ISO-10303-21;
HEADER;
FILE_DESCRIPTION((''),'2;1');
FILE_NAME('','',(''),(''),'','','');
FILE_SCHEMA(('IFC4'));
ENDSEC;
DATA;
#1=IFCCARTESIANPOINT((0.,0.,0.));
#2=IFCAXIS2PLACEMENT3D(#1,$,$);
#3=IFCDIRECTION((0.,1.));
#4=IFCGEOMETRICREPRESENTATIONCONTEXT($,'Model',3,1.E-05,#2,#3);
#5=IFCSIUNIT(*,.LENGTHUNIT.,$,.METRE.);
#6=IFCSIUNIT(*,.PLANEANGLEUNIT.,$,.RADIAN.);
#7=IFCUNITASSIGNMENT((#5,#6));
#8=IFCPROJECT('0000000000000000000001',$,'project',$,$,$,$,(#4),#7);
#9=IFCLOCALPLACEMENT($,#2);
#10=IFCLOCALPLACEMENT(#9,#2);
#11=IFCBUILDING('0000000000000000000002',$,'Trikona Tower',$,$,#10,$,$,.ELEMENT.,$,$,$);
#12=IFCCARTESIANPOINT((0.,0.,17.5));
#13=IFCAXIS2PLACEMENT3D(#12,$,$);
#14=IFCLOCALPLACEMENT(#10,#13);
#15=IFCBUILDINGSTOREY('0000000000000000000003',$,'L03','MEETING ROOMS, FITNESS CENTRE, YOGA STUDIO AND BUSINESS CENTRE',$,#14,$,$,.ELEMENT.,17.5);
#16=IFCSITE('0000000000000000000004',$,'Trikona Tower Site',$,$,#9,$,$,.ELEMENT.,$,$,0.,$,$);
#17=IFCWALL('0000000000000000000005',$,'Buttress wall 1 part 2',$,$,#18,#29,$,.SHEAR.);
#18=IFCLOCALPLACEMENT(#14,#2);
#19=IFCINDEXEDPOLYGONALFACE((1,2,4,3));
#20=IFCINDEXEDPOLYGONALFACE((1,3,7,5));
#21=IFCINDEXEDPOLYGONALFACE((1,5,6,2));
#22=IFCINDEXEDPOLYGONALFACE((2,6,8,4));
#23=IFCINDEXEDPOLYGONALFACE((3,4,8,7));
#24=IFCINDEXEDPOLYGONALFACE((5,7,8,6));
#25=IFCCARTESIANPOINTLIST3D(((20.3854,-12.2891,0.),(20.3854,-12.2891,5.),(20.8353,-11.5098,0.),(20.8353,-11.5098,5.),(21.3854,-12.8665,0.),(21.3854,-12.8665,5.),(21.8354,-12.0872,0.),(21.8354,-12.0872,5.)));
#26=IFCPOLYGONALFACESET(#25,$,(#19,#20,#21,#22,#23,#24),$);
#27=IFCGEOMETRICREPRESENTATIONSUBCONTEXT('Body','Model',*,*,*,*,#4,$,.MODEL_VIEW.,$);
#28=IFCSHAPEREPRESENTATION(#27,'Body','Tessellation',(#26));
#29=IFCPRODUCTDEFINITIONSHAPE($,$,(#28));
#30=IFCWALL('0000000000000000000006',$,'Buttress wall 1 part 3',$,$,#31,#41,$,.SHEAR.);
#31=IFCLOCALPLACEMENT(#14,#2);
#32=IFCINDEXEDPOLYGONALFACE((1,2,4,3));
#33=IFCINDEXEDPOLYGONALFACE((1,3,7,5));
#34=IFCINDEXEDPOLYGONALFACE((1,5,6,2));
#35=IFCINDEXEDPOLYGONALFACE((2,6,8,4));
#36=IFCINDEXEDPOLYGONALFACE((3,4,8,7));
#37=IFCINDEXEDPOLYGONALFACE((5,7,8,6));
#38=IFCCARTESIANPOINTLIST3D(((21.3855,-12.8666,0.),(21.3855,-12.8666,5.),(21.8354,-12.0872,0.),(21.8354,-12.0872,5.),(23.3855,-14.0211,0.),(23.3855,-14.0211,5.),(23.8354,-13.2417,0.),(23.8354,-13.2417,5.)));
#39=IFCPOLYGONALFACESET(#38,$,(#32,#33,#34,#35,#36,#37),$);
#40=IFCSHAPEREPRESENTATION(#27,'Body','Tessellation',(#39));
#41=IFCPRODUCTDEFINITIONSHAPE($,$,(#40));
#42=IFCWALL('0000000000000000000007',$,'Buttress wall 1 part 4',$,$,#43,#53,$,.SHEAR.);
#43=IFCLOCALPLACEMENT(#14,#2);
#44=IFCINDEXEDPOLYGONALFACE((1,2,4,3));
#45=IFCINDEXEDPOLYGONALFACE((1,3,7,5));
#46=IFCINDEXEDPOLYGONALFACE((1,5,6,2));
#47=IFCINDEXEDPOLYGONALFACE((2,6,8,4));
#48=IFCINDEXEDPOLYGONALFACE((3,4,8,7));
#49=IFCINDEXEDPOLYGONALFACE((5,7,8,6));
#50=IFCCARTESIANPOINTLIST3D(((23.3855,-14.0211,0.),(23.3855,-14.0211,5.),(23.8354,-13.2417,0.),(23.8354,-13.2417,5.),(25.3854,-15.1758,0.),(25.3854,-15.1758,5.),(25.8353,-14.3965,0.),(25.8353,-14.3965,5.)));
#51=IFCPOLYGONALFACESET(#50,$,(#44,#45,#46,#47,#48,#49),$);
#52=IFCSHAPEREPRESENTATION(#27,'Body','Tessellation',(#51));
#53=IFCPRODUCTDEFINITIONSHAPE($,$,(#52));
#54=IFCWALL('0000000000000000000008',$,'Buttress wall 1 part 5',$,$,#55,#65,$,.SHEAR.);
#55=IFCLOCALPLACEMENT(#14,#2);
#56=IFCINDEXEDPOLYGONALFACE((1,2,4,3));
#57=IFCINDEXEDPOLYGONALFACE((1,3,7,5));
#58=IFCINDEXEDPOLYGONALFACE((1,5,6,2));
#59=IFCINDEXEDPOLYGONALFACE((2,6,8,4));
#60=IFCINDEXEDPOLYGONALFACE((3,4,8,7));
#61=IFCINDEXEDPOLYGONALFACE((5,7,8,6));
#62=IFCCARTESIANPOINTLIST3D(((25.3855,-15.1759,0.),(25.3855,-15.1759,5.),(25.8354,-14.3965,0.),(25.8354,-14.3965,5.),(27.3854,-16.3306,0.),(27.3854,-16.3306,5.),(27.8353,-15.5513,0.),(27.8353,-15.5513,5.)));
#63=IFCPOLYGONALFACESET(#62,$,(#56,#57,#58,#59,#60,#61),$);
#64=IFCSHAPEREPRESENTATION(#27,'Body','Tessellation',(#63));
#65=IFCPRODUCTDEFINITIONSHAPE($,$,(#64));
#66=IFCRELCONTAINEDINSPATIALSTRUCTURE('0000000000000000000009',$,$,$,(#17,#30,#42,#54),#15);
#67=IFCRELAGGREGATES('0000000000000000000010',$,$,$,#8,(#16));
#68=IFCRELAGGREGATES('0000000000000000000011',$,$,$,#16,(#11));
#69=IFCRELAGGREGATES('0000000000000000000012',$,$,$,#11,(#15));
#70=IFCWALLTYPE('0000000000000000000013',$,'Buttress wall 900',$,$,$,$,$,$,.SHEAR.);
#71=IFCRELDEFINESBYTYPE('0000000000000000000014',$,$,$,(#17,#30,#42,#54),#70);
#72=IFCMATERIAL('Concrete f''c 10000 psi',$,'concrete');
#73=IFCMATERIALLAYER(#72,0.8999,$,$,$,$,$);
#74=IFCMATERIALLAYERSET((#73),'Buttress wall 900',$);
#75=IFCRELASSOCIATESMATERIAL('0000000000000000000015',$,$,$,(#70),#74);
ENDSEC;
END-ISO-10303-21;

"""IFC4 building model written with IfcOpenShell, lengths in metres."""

from ifc_helpers import new_model, si_unit, direction, frame, frame_2d, origin, place, context, subcontext, project, spatial, rectangle, extrude, material, layer, layer_set, type_object, element, save


model = new_model("IFC4")

# Units and contexts
model_context = context("Model", 3, precision=1e-05, world=origin(), true_north=direction((0.0, 1.0)))
body_context = subcontext(model_context, "Body", "Model", "MODEL_VIEW")
ifc_project = project(units=[si_unit("LENGTHUNIT", "METRE"), si_unit("PLANEANGLEUNIT", "RADIAN")], contexts=[model_context])

# Site, building, storey
site_placement = place(None, origin())
site = spatial("IfcSite", under=ifc_project, at=site_placement, Name="Trikona Tower Site", CompositionType="ELEMENT", RefElevation=0.0)
building_placement = place(site_placement, origin())
building = spatial("IfcBuilding", under=site, at=building_placement, Name="Trikona Tower", CompositionType="ELEMENT")
storey_placement = place(building_placement, frame((0.0, 0.0, 17.5)))
storey = spatial("IfcBuildingStorey", under=building, at=storey_placement, Name="L03", Description="MEETING ROOMS, FITNESS CENTRE, YOGA STUDIO AND BUSINESS CENTRE", CompositionType="ELEMENT", Elevation=17.5)

# Walls
ifc_material_1 = material(Name="Concrete f'c 10000 psi", Category="concrete")
ifc_layer_1 = layer(ifc_material_1, 0.8999)
ifc_layer_set_1 = layer_set([ifc_layer_1], Name="Buttress wall 900")
wall_type_1 = type_object("IfcWallType", Name="Buttress wall 900", PredefinedType="SHEAR", material=ifc_layer_set_1)
wall_1_placement = place(storey_placement, frame((20.6104, -11.8994, 0.0), z_axis=(0.0, 0.0, 1.0), x_axis=(0.86601, -0.500027, 0.0)))
element("IfcWall", 1, at=wall_1_placement, inside=storey, type_object=wall_type_1, Name="Buttress wall 1 part 2", PredefinedType="SHEAR", context=body_context, shape_type="SweptSolid", body=[
    extrude(rectangle(XDim=1.1548, YDim=0.8999, at=frame_2d((0.5774, 0.0))), origin(), (0.0, 0.0, 1.0), 5.0),
])
for number, where, z_axis, x_axis, name in (
    (2, (21.6104, -12.4768, 0.0), (0.0, 0.0, 1.0), (0.866055, -0.499948, 0.0), "Buttress wall 1 part 3"),
    (3, (23.6104, -13.6313, 0.0), (0.0, 0.0, 1.0), (0.86601, -0.500027, 0.0), "Buttress wall 1 part 4"),
    (4, (25.6104, -14.7861, 0.0), (0.0, 0.0, 1.0), (0.86601, -0.500027, 0.0), "Buttress wall 1 part 5"),
):
    element("IfcWall", number, at=place(storey_placement, frame(where, z_axis=z_axis, x_axis=x_axis)), inside=storey, type_object=wall_type_1, Name=name, PredefinedType="SHEAR", context=body_context, shape_type="SweptSolid", body=[
        extrude(rectangle(XDim=2.3093, YDim=0.8999, at=frame_2d((1.1548, 0.0))), origin(), (0.0, 0.0, 1.0), 5.0),
    ])

save(model, "model.ifc")
